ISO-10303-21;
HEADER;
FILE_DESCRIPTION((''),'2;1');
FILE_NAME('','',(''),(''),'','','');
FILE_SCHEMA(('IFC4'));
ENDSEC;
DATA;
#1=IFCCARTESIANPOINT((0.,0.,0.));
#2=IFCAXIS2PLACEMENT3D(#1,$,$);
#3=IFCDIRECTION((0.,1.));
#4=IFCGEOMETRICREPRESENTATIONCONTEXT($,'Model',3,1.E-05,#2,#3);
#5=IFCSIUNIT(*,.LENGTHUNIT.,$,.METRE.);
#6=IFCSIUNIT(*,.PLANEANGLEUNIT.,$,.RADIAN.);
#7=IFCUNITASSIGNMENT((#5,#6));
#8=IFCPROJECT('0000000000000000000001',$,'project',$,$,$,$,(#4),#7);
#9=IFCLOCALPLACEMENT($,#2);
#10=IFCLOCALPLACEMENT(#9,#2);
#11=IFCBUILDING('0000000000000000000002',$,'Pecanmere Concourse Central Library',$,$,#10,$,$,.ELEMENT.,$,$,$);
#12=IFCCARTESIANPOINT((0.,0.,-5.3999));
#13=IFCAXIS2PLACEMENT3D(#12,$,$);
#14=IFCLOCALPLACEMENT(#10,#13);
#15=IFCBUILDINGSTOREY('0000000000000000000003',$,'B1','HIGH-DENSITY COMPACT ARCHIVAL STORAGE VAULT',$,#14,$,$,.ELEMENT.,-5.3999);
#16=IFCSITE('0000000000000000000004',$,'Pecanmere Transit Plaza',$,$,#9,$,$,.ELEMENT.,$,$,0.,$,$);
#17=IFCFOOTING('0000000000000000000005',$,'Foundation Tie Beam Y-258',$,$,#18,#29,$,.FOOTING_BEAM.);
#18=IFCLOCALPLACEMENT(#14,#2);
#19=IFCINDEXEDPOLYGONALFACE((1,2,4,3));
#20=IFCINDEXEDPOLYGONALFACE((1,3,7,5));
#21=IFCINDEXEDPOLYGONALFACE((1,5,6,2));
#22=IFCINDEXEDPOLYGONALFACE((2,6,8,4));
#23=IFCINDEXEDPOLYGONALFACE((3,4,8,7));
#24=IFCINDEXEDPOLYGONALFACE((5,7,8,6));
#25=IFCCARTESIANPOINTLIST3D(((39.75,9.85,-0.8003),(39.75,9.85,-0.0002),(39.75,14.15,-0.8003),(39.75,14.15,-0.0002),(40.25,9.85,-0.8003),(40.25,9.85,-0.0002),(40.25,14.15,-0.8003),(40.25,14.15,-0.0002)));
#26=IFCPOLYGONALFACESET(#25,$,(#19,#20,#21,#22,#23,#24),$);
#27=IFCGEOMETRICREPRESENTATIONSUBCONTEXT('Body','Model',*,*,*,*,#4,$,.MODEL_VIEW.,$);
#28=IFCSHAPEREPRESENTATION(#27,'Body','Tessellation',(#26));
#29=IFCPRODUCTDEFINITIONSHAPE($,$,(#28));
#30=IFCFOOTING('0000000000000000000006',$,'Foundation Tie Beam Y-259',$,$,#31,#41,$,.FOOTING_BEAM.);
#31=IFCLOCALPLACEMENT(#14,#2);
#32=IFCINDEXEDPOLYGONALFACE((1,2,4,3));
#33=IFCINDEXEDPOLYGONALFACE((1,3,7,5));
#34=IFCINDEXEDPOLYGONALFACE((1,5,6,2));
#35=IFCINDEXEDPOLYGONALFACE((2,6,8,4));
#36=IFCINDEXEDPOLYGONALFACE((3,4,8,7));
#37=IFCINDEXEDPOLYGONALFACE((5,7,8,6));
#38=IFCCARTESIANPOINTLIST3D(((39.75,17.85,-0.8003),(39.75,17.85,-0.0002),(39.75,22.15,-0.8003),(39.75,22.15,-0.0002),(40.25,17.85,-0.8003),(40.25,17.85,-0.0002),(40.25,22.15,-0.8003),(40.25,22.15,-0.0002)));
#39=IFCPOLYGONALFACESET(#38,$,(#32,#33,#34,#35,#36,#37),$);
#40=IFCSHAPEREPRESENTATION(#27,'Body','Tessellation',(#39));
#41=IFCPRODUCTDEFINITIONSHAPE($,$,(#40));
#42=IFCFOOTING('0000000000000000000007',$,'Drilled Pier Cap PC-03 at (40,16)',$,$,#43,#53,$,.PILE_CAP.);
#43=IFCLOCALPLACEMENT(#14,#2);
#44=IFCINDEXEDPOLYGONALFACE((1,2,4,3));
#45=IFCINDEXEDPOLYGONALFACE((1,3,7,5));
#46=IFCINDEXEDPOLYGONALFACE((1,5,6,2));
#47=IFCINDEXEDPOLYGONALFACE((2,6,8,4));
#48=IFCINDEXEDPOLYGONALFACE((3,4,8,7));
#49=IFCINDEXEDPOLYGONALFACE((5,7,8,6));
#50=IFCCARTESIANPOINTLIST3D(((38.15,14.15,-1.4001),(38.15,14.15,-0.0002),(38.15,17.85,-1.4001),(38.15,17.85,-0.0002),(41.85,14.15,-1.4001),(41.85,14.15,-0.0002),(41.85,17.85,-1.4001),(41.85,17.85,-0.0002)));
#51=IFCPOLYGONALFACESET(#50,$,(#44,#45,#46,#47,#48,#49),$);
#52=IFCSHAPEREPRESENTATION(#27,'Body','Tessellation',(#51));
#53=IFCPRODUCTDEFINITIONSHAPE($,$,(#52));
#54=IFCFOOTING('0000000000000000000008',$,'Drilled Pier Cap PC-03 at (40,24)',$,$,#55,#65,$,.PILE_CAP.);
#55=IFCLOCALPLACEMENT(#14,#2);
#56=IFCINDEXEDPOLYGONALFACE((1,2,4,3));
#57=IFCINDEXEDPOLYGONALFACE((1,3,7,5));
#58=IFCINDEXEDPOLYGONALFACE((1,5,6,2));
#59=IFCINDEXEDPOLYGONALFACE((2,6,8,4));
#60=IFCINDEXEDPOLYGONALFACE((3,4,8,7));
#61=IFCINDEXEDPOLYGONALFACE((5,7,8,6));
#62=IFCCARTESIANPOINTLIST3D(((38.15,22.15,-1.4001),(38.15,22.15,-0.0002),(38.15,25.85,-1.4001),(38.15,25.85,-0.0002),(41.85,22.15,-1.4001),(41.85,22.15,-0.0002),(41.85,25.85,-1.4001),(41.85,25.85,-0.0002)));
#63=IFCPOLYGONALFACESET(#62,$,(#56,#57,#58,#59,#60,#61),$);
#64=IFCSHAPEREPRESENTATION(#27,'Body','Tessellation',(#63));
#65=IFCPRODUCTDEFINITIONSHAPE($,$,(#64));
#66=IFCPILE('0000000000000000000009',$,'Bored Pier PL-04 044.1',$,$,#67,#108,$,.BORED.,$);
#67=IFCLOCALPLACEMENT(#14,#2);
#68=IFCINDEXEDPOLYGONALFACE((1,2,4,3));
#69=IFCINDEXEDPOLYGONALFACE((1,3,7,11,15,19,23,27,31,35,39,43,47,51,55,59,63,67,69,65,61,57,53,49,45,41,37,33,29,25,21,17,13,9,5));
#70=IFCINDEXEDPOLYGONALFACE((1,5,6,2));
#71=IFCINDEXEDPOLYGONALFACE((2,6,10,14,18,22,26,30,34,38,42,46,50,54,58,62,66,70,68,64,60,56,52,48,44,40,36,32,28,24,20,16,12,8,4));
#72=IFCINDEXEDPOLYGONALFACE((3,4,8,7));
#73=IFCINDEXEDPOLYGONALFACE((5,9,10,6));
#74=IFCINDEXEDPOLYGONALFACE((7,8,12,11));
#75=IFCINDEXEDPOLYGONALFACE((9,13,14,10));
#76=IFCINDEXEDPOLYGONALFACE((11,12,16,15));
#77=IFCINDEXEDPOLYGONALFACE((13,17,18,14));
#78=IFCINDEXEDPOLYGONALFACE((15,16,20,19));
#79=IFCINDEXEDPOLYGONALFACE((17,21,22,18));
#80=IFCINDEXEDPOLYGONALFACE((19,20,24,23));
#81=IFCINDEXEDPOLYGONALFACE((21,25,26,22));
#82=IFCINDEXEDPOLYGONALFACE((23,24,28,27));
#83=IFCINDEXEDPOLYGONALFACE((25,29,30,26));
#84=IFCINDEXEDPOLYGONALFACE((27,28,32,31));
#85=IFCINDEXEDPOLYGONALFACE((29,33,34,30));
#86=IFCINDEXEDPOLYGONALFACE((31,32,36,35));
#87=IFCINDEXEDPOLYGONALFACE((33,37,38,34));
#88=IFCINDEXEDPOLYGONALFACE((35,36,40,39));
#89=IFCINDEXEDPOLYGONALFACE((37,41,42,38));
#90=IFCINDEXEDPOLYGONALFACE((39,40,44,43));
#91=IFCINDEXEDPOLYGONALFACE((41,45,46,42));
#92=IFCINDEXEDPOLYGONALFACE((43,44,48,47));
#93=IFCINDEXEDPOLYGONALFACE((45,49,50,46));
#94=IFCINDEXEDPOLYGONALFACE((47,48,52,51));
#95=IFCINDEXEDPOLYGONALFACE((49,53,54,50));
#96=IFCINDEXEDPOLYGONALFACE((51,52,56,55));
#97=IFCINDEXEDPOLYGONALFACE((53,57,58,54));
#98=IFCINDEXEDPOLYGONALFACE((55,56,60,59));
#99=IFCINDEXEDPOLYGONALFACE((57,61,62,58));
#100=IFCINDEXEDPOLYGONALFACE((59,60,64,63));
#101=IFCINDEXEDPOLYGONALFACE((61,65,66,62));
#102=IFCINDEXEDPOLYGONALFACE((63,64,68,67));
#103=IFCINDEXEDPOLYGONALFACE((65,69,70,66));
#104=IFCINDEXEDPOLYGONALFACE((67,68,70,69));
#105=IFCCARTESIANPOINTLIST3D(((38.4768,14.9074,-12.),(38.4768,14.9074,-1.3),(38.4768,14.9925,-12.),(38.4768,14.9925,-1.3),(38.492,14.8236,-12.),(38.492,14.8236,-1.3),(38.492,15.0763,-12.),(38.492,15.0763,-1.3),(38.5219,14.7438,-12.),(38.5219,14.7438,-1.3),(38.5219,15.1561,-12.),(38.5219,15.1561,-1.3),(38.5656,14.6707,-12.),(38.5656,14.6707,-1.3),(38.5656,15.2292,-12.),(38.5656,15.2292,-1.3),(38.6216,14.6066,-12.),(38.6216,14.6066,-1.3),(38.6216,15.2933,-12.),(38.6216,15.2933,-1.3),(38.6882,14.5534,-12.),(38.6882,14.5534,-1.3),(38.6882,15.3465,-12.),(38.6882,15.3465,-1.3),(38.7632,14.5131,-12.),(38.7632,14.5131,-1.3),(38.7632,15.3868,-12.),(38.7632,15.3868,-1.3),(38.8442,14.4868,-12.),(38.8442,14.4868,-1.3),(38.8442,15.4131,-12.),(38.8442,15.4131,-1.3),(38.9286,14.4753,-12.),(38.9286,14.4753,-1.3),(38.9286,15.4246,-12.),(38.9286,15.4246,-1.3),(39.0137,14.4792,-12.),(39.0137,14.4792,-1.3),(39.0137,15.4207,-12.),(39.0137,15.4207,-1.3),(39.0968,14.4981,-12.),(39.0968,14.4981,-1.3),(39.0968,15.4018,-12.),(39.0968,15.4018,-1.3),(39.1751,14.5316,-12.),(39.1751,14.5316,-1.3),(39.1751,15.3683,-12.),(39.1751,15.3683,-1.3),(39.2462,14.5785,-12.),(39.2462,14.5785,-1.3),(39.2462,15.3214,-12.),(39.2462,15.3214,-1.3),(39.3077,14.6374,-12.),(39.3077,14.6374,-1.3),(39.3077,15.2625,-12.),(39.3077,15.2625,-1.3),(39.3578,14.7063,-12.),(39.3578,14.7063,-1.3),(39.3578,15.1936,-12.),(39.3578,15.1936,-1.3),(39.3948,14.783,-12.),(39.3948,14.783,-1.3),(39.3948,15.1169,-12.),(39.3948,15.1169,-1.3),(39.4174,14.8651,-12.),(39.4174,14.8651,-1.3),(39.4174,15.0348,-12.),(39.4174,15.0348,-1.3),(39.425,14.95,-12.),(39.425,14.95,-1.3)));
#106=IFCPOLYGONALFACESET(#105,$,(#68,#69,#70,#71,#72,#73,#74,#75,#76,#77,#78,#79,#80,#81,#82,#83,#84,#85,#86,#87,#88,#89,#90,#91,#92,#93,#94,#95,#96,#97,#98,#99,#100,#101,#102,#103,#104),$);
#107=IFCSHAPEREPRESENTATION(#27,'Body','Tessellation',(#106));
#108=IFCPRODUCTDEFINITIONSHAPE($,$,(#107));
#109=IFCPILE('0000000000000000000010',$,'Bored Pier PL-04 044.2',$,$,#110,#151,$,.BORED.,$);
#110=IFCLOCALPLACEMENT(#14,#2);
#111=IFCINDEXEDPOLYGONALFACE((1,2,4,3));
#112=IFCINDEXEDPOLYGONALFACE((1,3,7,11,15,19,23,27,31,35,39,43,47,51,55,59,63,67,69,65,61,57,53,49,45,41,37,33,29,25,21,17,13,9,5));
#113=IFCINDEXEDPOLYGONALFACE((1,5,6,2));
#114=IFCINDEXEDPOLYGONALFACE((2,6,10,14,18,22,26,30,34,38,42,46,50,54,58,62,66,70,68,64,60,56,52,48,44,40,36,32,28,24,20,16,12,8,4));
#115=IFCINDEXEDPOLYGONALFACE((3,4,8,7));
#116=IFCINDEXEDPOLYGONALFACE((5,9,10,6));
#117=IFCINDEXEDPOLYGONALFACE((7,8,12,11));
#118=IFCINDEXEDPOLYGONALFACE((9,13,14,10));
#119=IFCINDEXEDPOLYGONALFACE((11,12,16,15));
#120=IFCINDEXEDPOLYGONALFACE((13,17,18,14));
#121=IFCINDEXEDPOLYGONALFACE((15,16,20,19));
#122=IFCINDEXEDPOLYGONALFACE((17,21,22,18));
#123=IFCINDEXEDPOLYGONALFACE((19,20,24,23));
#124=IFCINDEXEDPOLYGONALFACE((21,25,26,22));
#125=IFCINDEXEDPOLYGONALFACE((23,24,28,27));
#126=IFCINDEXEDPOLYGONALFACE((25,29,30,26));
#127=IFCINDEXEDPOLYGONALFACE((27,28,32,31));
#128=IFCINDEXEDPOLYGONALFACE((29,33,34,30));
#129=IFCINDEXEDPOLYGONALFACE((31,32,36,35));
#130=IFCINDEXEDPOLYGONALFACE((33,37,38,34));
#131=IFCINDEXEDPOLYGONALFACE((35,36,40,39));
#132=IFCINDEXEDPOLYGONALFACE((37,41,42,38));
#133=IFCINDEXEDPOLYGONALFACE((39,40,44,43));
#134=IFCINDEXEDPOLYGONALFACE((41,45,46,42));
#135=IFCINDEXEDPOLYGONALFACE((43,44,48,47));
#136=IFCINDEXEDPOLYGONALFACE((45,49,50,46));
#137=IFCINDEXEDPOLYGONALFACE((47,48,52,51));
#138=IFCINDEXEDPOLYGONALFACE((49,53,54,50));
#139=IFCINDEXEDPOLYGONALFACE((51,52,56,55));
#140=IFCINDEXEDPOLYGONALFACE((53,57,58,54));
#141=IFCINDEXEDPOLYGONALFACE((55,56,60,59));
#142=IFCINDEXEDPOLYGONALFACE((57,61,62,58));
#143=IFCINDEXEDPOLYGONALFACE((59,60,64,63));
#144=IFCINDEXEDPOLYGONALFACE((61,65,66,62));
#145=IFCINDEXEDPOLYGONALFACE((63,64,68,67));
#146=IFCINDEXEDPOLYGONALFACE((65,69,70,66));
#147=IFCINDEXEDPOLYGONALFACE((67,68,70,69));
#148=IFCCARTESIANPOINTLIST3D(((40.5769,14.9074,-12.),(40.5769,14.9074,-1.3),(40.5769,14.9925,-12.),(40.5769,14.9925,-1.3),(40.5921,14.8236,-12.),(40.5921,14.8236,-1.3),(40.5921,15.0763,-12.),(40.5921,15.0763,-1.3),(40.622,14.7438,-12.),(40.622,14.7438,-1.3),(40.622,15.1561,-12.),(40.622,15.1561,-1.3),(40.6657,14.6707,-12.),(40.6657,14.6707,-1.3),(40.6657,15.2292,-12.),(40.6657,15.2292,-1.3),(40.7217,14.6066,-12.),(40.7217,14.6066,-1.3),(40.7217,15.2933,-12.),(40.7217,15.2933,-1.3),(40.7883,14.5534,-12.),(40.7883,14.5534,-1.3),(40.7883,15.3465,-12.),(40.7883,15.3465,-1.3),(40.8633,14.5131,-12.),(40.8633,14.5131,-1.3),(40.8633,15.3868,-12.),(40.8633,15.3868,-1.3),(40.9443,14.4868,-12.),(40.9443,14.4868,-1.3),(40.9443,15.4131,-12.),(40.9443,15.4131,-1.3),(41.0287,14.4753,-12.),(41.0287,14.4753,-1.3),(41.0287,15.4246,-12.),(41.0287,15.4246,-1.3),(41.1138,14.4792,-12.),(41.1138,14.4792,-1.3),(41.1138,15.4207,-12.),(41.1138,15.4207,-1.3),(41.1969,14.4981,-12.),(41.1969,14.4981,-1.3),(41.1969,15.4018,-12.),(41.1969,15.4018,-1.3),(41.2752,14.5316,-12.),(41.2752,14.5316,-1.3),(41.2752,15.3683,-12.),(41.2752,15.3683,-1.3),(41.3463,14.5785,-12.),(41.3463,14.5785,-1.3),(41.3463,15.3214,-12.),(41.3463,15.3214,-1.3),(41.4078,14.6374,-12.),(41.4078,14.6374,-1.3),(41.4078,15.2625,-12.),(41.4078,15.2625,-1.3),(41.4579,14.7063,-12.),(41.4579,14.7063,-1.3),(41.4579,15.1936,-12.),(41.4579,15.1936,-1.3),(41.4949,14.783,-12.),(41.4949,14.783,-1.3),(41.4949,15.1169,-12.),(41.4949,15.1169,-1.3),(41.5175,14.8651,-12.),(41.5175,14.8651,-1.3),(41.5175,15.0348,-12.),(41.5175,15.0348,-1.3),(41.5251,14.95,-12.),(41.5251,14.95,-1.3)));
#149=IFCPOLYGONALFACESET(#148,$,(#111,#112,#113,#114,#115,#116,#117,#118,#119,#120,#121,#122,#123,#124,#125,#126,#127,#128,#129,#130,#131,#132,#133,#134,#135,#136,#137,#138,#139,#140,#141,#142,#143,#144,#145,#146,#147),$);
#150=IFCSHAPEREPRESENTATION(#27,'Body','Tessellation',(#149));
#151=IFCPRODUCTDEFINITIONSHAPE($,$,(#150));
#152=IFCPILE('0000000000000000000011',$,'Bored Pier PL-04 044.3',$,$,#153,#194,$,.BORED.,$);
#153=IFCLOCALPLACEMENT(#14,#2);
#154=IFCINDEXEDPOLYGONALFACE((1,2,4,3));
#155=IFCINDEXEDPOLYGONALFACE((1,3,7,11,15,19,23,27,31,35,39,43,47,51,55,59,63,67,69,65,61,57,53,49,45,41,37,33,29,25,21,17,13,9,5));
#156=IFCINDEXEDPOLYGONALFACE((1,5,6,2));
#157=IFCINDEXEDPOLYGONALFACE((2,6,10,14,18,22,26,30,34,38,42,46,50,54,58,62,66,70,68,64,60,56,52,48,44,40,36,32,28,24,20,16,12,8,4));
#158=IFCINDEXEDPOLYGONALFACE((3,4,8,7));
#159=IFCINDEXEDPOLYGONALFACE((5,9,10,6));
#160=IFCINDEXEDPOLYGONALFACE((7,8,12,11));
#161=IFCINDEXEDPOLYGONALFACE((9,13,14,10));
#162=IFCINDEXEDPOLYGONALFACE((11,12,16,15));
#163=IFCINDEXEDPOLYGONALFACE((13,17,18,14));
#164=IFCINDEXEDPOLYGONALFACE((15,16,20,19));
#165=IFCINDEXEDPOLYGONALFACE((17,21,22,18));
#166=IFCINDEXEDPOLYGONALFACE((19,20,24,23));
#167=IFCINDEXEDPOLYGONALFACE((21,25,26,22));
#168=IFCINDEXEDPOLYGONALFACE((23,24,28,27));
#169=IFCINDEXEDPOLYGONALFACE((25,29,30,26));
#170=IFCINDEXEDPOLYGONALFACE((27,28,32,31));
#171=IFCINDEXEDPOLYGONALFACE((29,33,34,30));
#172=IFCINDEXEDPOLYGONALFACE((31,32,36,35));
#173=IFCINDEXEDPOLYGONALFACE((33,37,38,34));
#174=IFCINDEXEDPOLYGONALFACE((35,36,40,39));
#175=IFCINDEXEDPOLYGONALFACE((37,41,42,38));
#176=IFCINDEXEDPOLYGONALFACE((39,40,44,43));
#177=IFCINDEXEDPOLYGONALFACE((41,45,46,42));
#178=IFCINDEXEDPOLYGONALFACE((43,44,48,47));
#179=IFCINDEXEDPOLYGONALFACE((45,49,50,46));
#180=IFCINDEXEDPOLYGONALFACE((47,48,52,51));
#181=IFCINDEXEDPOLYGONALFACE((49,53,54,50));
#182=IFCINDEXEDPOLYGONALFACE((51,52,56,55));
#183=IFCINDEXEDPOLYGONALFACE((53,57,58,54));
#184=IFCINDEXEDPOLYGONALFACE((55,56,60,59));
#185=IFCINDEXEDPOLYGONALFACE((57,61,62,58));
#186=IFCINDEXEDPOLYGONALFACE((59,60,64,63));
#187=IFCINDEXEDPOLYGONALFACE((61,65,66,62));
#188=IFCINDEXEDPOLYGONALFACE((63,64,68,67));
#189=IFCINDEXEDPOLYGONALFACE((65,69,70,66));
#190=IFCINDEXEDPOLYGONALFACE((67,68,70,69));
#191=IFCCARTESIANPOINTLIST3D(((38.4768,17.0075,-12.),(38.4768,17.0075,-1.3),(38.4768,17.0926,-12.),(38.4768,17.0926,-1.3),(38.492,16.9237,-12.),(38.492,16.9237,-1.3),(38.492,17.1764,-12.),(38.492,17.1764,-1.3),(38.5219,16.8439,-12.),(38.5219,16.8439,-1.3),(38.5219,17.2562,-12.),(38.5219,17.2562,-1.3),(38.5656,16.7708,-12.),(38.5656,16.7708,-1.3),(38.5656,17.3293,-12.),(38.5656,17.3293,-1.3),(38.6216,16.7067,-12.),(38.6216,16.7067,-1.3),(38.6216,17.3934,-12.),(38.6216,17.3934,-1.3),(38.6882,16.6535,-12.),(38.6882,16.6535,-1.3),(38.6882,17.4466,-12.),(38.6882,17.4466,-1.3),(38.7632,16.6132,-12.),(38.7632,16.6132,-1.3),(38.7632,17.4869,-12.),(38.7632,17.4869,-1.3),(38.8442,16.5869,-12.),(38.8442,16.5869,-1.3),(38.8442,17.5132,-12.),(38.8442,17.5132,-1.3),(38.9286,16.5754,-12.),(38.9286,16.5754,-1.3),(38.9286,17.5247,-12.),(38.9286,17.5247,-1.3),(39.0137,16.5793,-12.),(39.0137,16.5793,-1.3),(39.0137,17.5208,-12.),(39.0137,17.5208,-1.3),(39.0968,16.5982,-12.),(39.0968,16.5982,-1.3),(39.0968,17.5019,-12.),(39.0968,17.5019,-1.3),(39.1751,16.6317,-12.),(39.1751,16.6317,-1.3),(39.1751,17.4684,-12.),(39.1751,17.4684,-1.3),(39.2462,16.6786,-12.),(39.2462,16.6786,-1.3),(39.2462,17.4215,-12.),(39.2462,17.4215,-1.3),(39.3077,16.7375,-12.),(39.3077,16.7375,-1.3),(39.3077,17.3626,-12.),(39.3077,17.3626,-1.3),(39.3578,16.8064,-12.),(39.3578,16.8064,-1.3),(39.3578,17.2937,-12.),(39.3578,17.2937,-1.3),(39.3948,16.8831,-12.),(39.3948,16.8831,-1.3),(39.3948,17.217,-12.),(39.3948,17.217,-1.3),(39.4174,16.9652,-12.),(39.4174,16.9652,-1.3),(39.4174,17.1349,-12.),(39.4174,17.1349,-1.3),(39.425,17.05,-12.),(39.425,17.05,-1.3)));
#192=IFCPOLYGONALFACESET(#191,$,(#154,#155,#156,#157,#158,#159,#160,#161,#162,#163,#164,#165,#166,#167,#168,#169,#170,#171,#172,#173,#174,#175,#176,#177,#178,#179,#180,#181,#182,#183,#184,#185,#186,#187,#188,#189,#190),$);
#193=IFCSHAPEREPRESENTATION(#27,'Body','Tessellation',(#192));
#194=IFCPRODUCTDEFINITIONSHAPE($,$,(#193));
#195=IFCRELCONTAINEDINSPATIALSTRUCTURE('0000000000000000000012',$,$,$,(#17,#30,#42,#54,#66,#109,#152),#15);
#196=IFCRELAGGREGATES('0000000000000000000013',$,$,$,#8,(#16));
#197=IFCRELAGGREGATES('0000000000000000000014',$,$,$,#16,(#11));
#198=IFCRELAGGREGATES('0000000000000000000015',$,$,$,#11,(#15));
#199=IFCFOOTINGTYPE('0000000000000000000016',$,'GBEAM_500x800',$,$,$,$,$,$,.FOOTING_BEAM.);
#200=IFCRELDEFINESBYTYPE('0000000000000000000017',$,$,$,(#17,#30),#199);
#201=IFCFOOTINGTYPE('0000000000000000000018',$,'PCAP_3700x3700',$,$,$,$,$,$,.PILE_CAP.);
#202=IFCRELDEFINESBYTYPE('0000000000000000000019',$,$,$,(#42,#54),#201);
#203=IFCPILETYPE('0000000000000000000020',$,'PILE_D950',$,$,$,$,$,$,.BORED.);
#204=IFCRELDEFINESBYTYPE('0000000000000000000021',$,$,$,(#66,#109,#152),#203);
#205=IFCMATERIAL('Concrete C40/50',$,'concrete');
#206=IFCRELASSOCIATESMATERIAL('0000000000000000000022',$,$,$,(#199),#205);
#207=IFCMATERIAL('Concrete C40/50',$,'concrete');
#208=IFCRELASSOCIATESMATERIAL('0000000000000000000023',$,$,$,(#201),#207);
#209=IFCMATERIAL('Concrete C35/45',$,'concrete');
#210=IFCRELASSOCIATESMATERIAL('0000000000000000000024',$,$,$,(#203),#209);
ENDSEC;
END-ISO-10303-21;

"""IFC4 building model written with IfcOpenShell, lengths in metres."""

from ifc_helpers import new_model, si_unit, direction, frame, origin, origin_2d, place, context, subcontext, project, spatial, rectangle, circle, extrude, material, material_profile, profile_set, type_object, element, save


model = new_model("IFC4")

# Units and contexts
model_context = context("Model", 3, precision=1e-05, world=origin(), true_north=direction((0.0, 1.0)))
body_context = subcontext(model_context, "Body", "Model", "MODEL_VIEW")
ifc_project = project(units=[si_unit("LENGTHUNIT", "METRE"), si_unit("PLANEANGLEUNIT", "RADIAN")], contexts=[model_context])

# Site, building, storey
site_placement = place(None, origin())
site = spatial("IfcSite", under=ifc_project, at=site_placement, Name="Pecanmere Transit Plaza", CompositionType="ELEMENT", RefElevation=0.0)
building_placement = place(site_placement, origin())
building = spatial("IfcBuilding", under=site, at=building_placement, Name="Pecanmere Concourse Central Library", CompositionType="ELEMENT")
storey_placement = place(building_placement, frame((0.0, 0.0, -5.3999)))
storey = spatial("IfcBuildingStorey", under=building, at=storey_placement, Name="B1", Description="HIGH-DENSITY COMPACT ARCHIVAL STORAGE VAULT", CompositionType="ELEMENT", Elevation=-5.3999)

# Footings
ifc_material_1 = material(Name="Concrete C40/50", Category="concrete")
ifc_material_profile_1 = material_profile(ifc_material_1, rectangle(XDim=0.5, YDim=0.8, at=origin_2d()), Name="RC 500x800")
ifc_profile_set_1 = profile_set([ifc_material_profile_1], Name="Concrete C40/50")
footing_type_1 = type_object("IfcFootingType", Name="GBEAM_500x800", PredefinedType="FOOTING_BEAM", material=ifc_profile_set_1)
for number, where, z_axis, x_axis, name in (
    (1, (40.0, 12.0, -0.8003), (0.0, 0.0, 1.0), (0.0, 1.0, 0.0), "Foundation Tie Beam Y-258"),
    (2, (40.0, 20.0, -0.8003), (0.0, 0.0, 1.0), (0.0, 1.0, 0.0), "Foundation Tie Beam Y-259"),
):
    element("IfcFooting", number, at=place(storey_placement, frame(where, z_axis=z_axis, x_axis=x_axis)), inside=storey, type_object=footing_type_1, Name=name, PredefinedType="FOOTING_BEAM", context=body_context, shape_type="SweptSolid", body=[
        extrude(rectangle(XDim=4.3, YDim=0.5, at=origin_2d()), origin(), (0.0, 0.0, 1.0), 0.8),
    ])
ifc_material_2 = material(Name="Concrete C40/50", Category="concrete")
footing_type_2 = type_object("IfcFootingType", Name="PCAP_3700x3700", PredefinedType="PILE_CAP", material=ifc_material_2)
for number, where, z_axis, x_axis, name in (
    (3, (40.0, 16.0, -1.4001), (0.0, 0.0, 1.0), (1.0, 0.0, 0.0), "Drilled Pier Cap PC-03 at (40,16)"),
    (4, (40.0, 24.0, -1.4001), (0.0, 0.0, 1.0), (1.0, 0.0, 0.0), "Drilled Pier Cap PC-03 at (40,24)"),
):
    element("IfcFooting", number, at=place(storey_placement, frame(where, z_axis=z_axis, x_axis=x_axis)), inside=storey, type_object=footing_type_2, Name=name, PredefinedType="PILE_CAP", context=body_context, shape_type="SweptSolid", body=[
        extrude(rectangle(XDim=3.7, YDim=3.7, at=origin_2d()), origin(), (0.0, 0.0, 1.0), 1.3999),
    ])

# Piles
ifc_material_3 = material(Name="Concrete C35/45", Category="concrete")
ifc_material_profile_2 = material_profile(ifc_material_3, circle(Radius=0.4751, at=origin_2d()), Name="PIER D950")
ifc_profile_set_2 = profile_set([ifc_material_profile_2], Name="Concrete C35/45")
pile_type = type_object("IfcPileType", Name="PILE_D950", PredefinedType="BORED", material=ifc_profile_set_2)
for number, where, z_axis, x_axis, name in (
    (5, (38.95, 14.95, -1.3), (0.0, 0.0, -1.0), (1.0, 0.0, 0.0), "Bored Pier PL-04 044.1"),
    (6, (41.05, 14.95, -1.3), (0.0, 0.0, -1.0), (1.0, 0.0, 0.0), "Bored Pier PL-04 044.2"),
    (7, (38.95, 17.05, -1.3), (0.0, 0.0, -1.0), (1.0, 0.0, 0.0), "Bored Pier PL-04 044.3"),
):
    element("IfcPile", number, at=place(storey_placement, frame(where, z_axis=z_axis, x_axis=x_axis)), inside=storey, type_object=pile_type, Name=name, PredefinedType="BORED", context=body_context, shape_type="SweptSolid", body=[
        extrude(circle(Radius=0.4751, at=origin_2d()), origin(), (0.0, 0.0, 1.0), 10.7),
    ])

save(model, "model.ifc")
